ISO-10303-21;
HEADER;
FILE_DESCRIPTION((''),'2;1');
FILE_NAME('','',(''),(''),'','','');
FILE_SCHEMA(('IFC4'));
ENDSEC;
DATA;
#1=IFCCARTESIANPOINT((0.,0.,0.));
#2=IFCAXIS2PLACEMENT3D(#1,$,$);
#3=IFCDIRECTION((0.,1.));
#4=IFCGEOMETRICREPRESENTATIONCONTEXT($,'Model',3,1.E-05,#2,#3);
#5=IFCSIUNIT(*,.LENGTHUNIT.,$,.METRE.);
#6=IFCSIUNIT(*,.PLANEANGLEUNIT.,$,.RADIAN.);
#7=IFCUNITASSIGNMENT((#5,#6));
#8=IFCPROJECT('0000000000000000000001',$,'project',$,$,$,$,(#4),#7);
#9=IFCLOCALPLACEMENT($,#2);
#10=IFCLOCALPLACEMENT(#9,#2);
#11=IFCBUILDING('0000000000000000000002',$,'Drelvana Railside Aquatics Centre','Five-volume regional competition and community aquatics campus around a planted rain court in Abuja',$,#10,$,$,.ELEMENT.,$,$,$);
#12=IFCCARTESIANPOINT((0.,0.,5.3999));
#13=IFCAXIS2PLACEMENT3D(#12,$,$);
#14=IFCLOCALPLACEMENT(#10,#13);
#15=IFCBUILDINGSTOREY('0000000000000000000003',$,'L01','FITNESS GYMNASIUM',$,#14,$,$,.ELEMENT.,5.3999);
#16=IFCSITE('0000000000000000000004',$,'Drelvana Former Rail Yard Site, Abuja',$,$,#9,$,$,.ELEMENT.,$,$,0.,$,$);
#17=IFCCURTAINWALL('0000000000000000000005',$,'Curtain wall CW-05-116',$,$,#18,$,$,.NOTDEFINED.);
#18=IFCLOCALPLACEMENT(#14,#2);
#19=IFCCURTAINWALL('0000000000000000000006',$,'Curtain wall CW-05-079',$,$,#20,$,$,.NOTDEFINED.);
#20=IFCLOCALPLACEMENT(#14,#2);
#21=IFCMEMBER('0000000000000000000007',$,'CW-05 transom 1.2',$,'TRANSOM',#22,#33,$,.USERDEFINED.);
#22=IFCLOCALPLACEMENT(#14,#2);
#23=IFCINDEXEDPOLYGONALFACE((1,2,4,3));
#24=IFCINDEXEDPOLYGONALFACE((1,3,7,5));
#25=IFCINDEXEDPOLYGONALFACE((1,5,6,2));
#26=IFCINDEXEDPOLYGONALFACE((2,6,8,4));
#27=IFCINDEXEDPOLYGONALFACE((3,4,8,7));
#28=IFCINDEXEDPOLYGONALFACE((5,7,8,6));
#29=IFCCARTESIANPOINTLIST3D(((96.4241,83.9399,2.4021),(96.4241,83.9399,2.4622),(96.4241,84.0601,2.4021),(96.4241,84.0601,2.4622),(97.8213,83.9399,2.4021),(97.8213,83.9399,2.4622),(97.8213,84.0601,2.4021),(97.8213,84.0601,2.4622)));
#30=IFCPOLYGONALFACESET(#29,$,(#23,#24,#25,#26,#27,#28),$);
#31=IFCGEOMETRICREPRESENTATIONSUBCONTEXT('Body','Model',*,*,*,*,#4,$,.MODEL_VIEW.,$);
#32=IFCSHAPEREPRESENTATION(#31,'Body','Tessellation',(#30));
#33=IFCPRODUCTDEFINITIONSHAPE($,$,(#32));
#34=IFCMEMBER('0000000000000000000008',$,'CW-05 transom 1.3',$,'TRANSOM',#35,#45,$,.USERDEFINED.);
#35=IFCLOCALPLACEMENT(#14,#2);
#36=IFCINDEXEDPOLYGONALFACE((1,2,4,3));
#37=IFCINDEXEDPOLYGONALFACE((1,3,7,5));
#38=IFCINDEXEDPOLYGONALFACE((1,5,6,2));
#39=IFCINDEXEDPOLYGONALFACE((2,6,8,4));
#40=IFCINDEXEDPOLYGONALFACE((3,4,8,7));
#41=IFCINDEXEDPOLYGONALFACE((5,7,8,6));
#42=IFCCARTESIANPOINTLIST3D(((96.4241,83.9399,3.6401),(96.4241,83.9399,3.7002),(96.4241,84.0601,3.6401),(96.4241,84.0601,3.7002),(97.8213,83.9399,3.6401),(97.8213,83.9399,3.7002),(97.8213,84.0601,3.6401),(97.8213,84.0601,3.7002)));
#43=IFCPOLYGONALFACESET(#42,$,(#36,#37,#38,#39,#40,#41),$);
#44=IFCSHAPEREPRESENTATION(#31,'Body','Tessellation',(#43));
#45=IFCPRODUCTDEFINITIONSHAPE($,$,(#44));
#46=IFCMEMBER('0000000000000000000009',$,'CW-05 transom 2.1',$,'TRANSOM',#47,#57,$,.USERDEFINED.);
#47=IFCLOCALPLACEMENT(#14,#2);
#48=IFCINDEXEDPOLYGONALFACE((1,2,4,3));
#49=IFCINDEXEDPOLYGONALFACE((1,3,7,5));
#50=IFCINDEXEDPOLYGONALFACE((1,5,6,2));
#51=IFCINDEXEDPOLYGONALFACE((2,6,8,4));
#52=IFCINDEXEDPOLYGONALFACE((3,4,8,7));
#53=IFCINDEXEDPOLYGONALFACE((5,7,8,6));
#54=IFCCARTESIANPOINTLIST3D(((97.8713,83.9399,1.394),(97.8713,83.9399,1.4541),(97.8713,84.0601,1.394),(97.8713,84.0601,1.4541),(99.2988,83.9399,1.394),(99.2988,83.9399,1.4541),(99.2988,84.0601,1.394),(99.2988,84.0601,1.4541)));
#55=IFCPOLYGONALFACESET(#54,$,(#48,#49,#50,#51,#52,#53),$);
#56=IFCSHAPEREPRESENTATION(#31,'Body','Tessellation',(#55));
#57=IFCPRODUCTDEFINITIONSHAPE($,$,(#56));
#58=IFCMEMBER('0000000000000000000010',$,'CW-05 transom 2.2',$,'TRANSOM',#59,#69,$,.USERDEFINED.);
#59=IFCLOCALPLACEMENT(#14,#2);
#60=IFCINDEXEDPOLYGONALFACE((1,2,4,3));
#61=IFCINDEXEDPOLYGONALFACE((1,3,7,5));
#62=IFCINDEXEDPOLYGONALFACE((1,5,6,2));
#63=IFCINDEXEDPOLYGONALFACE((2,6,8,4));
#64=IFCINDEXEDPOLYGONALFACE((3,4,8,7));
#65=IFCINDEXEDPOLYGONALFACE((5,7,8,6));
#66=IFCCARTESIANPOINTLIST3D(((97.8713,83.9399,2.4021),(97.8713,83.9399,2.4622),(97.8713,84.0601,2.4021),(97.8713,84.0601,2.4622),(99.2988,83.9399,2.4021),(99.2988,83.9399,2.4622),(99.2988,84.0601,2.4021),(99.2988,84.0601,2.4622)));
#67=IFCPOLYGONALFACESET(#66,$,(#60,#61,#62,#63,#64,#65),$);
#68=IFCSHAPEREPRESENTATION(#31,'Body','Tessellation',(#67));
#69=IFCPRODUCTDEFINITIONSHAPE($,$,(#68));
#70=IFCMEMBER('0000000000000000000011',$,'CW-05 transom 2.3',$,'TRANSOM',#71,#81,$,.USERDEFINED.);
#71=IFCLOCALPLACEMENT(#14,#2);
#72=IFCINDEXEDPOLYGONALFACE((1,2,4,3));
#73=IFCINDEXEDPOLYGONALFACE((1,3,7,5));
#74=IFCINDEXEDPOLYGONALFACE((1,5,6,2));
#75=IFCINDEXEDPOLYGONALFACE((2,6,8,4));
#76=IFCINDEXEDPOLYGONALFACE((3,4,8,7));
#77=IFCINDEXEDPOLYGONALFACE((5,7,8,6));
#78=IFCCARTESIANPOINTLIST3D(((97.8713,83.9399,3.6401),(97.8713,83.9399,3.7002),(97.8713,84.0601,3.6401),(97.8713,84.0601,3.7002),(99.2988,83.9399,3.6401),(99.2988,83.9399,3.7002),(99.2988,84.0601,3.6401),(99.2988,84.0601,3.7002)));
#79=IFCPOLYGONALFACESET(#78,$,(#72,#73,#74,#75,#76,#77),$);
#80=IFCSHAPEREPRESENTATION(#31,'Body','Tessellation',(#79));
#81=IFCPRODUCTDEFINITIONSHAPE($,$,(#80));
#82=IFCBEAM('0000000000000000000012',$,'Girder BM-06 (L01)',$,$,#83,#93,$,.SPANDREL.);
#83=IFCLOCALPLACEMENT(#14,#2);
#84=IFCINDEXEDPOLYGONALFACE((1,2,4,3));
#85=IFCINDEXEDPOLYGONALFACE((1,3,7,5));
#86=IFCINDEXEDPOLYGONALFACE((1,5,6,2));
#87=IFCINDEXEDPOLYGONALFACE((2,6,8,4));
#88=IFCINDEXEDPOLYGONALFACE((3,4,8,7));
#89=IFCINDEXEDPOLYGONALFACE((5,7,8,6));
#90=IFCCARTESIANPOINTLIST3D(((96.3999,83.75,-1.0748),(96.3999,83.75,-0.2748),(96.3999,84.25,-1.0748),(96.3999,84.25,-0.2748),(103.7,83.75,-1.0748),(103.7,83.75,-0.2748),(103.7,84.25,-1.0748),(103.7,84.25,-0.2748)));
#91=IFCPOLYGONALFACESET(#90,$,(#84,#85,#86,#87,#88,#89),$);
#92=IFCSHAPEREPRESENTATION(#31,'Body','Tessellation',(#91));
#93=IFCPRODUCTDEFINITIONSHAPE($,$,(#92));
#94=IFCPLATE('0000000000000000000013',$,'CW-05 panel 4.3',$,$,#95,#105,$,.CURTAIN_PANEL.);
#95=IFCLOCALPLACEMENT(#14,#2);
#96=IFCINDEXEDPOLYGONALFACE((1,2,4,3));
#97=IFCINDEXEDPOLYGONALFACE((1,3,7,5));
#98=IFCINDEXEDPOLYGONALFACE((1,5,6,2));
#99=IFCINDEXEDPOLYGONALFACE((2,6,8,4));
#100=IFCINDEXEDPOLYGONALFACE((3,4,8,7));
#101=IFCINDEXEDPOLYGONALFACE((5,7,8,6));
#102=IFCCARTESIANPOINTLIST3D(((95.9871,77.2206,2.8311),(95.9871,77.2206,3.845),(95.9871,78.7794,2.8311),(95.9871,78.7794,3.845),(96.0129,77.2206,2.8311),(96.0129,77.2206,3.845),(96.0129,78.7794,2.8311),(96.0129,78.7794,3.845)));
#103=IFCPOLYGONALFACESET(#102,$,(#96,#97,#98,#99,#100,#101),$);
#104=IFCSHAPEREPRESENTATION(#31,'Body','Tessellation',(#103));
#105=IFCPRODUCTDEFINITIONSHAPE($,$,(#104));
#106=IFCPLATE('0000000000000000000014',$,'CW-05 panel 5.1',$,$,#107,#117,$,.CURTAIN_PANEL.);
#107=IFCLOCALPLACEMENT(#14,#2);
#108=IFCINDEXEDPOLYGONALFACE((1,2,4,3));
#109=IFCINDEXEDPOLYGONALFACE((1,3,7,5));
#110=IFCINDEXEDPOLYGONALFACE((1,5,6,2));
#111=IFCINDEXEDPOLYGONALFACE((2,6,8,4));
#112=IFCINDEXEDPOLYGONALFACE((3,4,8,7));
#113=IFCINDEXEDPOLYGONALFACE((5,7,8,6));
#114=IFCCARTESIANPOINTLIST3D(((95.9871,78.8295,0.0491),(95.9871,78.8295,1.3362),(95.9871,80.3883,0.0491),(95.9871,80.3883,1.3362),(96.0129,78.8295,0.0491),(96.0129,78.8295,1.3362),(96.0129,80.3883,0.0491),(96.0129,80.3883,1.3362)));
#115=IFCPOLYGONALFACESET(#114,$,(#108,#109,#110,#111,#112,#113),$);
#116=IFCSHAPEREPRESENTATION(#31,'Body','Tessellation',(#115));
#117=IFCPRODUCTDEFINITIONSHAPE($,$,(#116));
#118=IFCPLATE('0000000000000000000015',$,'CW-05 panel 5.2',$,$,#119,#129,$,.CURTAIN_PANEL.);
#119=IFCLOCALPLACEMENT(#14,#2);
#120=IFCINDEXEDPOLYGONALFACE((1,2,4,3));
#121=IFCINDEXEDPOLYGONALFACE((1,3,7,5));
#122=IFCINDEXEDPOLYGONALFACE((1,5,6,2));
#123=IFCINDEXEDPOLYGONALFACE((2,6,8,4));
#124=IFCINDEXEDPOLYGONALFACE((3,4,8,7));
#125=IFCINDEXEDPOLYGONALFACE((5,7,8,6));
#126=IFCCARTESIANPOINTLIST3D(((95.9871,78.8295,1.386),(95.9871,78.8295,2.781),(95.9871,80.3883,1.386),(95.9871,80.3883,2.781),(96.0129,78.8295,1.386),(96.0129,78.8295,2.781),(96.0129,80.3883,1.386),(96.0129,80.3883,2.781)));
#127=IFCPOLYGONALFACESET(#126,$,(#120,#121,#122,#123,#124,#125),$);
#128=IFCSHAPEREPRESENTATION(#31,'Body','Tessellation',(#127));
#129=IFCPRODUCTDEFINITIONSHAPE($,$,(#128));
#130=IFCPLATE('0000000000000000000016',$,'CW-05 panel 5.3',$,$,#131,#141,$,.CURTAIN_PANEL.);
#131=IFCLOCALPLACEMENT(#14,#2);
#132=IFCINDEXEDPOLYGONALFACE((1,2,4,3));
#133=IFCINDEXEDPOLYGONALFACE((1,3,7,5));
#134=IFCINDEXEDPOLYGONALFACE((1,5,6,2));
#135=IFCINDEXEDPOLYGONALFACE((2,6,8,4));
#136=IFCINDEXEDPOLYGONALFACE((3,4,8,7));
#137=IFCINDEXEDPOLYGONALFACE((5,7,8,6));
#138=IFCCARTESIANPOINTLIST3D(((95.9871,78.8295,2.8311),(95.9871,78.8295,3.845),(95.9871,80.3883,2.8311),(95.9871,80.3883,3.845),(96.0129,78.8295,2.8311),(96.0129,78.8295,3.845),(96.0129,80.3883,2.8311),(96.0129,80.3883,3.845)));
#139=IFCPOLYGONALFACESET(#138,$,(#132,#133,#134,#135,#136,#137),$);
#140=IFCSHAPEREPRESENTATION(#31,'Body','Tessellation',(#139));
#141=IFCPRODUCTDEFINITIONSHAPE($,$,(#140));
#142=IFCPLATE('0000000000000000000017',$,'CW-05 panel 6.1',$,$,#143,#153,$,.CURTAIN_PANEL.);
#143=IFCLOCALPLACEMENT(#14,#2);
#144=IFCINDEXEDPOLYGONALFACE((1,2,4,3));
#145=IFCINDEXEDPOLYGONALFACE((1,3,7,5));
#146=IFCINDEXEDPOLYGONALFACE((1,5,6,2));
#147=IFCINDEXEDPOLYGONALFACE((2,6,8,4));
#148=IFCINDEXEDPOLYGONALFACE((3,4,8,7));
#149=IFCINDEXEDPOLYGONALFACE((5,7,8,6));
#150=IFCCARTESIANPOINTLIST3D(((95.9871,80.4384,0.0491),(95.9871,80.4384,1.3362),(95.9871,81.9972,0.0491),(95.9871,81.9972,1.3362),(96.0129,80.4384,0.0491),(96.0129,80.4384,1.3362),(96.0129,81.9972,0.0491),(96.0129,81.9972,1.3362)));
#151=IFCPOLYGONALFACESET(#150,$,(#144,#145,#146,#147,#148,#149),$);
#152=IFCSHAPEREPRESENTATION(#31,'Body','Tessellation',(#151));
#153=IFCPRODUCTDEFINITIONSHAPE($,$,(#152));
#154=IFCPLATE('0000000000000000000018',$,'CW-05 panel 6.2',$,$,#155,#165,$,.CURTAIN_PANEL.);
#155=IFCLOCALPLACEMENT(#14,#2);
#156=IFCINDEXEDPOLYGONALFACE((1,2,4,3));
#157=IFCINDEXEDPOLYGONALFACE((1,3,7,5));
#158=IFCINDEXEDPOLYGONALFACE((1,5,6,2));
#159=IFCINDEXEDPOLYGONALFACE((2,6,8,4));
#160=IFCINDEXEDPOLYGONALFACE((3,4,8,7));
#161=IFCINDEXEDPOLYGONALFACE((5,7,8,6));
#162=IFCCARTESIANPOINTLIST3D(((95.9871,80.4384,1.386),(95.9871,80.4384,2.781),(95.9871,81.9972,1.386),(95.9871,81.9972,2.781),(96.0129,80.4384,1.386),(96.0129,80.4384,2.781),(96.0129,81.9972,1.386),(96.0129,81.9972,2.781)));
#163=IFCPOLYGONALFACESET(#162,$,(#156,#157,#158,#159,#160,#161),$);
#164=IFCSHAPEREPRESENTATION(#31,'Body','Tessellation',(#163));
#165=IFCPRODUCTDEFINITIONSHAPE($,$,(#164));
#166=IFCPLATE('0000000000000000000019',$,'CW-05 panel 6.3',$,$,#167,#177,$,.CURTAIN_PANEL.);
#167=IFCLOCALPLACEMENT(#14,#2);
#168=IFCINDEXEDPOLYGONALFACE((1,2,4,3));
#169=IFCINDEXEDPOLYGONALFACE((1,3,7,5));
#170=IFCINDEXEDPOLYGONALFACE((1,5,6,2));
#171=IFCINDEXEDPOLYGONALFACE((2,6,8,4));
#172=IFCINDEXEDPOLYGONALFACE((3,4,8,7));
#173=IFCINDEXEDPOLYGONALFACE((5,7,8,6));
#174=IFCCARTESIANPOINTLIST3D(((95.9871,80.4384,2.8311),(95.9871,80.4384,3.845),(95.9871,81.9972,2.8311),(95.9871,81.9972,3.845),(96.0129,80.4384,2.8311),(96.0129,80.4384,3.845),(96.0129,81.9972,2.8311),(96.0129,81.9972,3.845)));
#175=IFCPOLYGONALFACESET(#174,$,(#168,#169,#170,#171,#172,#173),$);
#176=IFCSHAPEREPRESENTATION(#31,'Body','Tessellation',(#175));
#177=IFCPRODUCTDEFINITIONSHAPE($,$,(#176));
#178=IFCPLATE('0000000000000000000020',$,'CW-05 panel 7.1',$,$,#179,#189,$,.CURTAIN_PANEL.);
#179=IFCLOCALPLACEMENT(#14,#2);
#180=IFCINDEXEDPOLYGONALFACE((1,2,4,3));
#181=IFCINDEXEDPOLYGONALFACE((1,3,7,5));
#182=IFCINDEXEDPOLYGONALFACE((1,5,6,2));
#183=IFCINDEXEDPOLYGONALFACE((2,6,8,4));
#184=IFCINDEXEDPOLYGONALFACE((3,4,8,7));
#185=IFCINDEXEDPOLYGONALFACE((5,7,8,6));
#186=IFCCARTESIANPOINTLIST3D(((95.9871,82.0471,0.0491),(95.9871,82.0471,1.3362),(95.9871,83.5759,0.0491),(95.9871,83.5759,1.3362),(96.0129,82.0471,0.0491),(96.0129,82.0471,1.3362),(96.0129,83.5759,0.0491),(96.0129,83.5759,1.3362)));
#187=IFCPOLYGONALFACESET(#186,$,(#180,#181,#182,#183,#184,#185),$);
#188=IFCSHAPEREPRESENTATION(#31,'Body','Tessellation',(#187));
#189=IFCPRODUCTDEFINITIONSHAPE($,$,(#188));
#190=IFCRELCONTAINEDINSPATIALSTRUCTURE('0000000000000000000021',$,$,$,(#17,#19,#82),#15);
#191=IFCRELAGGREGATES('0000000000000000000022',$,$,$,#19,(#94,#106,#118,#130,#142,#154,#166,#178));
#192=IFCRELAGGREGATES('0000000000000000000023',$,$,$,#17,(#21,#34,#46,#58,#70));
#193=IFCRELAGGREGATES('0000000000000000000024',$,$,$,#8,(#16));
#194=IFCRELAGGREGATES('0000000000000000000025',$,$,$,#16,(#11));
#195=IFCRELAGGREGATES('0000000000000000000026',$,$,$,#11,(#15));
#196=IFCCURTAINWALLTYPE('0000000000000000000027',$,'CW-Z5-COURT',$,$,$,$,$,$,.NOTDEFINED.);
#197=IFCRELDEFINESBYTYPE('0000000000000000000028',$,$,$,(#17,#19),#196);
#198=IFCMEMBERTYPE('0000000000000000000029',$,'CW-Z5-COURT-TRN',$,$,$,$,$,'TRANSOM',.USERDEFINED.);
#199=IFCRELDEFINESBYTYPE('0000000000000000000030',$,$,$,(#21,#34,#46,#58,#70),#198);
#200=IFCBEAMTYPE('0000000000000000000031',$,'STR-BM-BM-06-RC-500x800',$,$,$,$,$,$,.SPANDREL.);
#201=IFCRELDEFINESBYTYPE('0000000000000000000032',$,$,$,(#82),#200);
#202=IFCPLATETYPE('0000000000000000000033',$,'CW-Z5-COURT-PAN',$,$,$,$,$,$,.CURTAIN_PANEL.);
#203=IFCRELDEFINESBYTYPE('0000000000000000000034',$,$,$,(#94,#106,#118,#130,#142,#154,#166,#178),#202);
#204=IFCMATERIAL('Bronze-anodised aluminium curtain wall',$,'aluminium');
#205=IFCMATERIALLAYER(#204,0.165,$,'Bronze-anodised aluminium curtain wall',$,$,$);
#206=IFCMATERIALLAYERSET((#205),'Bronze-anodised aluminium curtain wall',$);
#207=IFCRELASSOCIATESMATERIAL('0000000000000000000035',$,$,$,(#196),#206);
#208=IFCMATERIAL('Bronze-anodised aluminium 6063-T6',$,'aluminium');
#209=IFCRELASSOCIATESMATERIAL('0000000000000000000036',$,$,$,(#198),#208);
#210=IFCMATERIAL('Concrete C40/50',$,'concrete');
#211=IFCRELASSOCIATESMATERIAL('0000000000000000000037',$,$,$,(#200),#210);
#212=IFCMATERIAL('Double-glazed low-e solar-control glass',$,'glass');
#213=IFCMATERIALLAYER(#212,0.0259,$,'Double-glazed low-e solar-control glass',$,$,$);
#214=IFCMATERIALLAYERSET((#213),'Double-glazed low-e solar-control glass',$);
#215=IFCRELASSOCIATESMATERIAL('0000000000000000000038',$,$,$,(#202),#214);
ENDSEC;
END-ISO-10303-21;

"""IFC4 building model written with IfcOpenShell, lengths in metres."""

from ifc_helpers import new_model, si_unit, direction, frame, origin, origin_2d, place, context, subcontext, project, spatial, rectangle, extrude, material, layer, layer_set, material_profile, profile_set, type_object, element, aggregate, save


model = new_model("IFC4")

# Units and contexts
model_context = context("Model", 3, precision=1e-05, world=origin(), true_north=direction((0.0, 1.0)))
body_context = subcontext(model_context, "Body", "Model", "MODEL_VIEW")
ifc_project = project(units=[si_unit("LENGTHUNIT", "METRE"), si_unit("PLANEANGLEUNIT", "RADIAN")], contexts=[model_context])

# Site, building, storey
site_placement = place(None, origin())
site = spatial("IfcSite", under=ifc_project, at=site_placement, Name="Drelvana Former Rail Yard Site, Abuja", CompositionType="ELEMENT", RefElevation=0.0)
building_placement = place(site_placement, origin())
building = spatial("IfcBuilding", under=site, at=building_placement, Name="Drelvana Railside Aquatics Centre", Description="Five-volume regional competition and community aquatics campus around a planted rain court in Abuja", CompositionType="ELEMENT")
storey_placement = place(building_placement, frame((0.0, 0.0, 5.3999)))
storey = spatial("IfcBuildingStorey", under=building, at=storey_placement, Name="L01", Description="FITNESS GYMNASIUM", CompositionType="ELEMENT", Elevation=5.3999)

# Curtain walls
ifc_material_1 = material(Name="Bronze-anodised aluminium curtain wall", Category="aluminium")
ifc_layer_1 = layer(ifc_material_1, 0.165, Name="Bronze-anodised aluminium curtain wall")
ifc_layer_set_1 = layer_set([ifc_layer_1], Name="Bronze-anodised aluminium curtain wall")
curtain_wall_type = type_object("IfcCurtainWallType", Name="CW-Z5-COURT", PredefinedType="NOTDEFINED", material=ifc_layer_set_1)
curtain_wall_1_placement = place(storey_placement, origin())
curtain_wall_1 = element("IfcCurtainWall", 1, at=curtain_wall_1_placement, inside=storey, type_object=curtain_wall_type, Name="Curtain wall CW-05-116", PredefinedType="NOTDEFINED")
ifc_material_2 = material(Name="Bronze-anodised aluminium 6063-T6", Category="aluminium")
curtain_wall_2_placement = place(storey_placement, origin())
curtain_wall_2 = element("IfcCurtainWall", 2, at=curtain_wall_2_placement, inside=storey, type_object=curtain_wall_type, Name="Curtain wall CW-05-079", PredefinedType="NOTDEFINED")
ifc_material_profile_1 = material_profile(ifc_material_2, rectangle(XDim=0.1201, YDim=0.0601, at=origin_2d()), Name="ALU-T 60x120")
ifc_profile_set_1 = profile_set([ifc_material_profile_1], Name="Bronze-anodised aluminium 6063-T6")
member_type_1 = type_object("IfcMemberType", Name="CW-Z5-COURT-TRN", ElementType="TRANSOM", PredefinedType="USERDEFINED", material=ifc_profile_set_1)

# Members
member_1_placement = place(storey_placement, frame((96.4241, 84.0, 2.4321), z_axis=(1.0, 0.0, 0.0), x_axis=(0.0, 1.0, 0.0)))
member_1 = element("IfcMember", 3, at=member_1_placement, type_object=member_type_1, Name="CW-05 transom 1.2", ObjectType="TRANSOM", PredefinedType="USERDEFINED", context=body_context, shape_type="SweptSolid", body=[
    extrude(rectangle(XDim=0.1201, YDim=0.0601, at=origin_2d()), origin(), (0.0, 0.0, 1.0), 1.3972),
])
member_2_placement = place(storey_placement, frame((96.4241, 84.0, 3.6702), z_axis=(1.0, 0.0, 0.0), x_axis=(0.0, 1.0, 0.0)))
member_2 = element("IfcMember", 4, at=member_2_placement, type_object=member_type_1, Name="CW-05 transom 1.3", ObjectType="TRANSOM", PredefinedType="USERDEFINED", context=body_context, shape_type="SweptSolid", body=[
    extrude(rectangle(XDim=0.1201, YDim=0.0601, at=origin_2d()), origin(), (0.0, 0.0, 1.0), 1.3972),
])
member_3_placement = place(storey_placement, frame((97.8713, 84.0, 1.4241), z_axis=(1.0, 0.0, 0.0), x_axis=(0.0, 1.0, 0.0)))
member_3 = element("IfcMember", 5, at=member_3_placement, type_object=member_type_1, Name="CW-05 transom 2.1", ObjectType="TRANSOM", PredefinedType="USERDEFINED", context=body_context, shape_type="SweptSolid", body=[
    extrude(rectangle(XDim=0.1201, YDim=0.0601, at=origin_2d()), origin(), (0.0, 0.0, 1.0), 1.4275),
])
member_4_placement = place(storey_placement, frame((97.8713, 84.0, 2.4321), z_axis=(1.0, 0.0, 0.0), x_axis=(0.0, 1.0, 0.0)))
member_4 = element("IfcMember", 6, at=member_4_placement, type_object=member_type_1, Name="CW-05 transom 2.2", ObjectType="TRANSOM", PredefinedType="USERDEFINED", context=body_context, shape_type="SweptSolid", body=[
    extrude(rectangle(XDim=0.1201, YDim=0.0601, at=origin_2d()), origin(), (0.0, 0.0, 1.0), 1.4275),
])
member_5_placement = place(storey_placement, frame((97.8713, 84.0, 3.6702), z_axis=(1.0, 0.0, 0.0), x_axis=(0.0, 1.0, 0.0)))
member_5 = element("IfcMember", 7, at=member_5_placement, type_object=member_type_1, Name="CW-05 transom 2.3", ObjectType="TRANSOM", PredefinedType="USERDEFINED", context=body_context, shape_type="SweptSolid", body=[
    extrude(rectangle(XDim=0.1201, YDim=0.0601, at=origin_2d()), origin(), (0.0, 0.0, 1.0), 1.4275),
])

# Beam
ifc_material_3 = material(Name="Concrete C40/50", Category="concrete")
ifc_material_profile_2 = material_profile(ifc_material_3, rectangle(XDim=0.5, YDim=0.8, at=origin_2d()), Name="RC 500x800")
ifc_profile_set_2 = profile_set([ifc_material_profile_2], Name="Concrete C40/50")
beam_type = type_object("IfcBeamType", Name="STR-BM-BM-06-RC-500x800", PredefinedType="SPANDREL", material=ifc_profile_set_2)
beam_placement = place(storey_placement, frame((96.3999, 84.0, -0.6748), z_axis=(1.0, 0.0, 0.0), x_axis=(0.0, 1.0, 0.0)))
element("IfcBeam", 8, at=beam_placement, inside=storey, type_object=beam_type, Name="Girder BM-06 (L01)", PredefinedType="SPANDREL", context=body_context, shape_type="SweptSolid", body=[
    extrude(rectangle(XDim=0.5, YDim=0.8, at=origin_2d()), origin(), (0.0, 0.0, 1.0), 7.3),
])

# Plates
ifc_material_4 = material(Name="Double-glazed low-e solar-control glass", Category="glass")
ifc_layer_2 = layer(ifc_material_4, 0.0259, Name="Double-glazed low-e solar-control glass")
ifc_layer_set_2 = layer_set([ifc_layer_2], Name="Double-glazed low-e solar-control glass")
plate_type = type_object("IfcPlateType", Name="CW-Z5-COURT-PAN", PredefinedType="CURTAIN_PANEL", material=ifc_layer_set_2)
plate_1_placement = place(storey_placement, frame((96.0, 78.0, 2.8311), z_axis=(0.0, 0.0, 1.0), x_axis=(0.0, 1.0, 0.0)))
plate_1 = element("IfcPlate", 9, at=plate_1_placement, type_object=plate_type, Name="CW-05 panel 4.3", PredefinedType="CURTAIN_PANEL", context=body_context, shape_type="SweptSolid", body=[
    extrude(rectangle(XDim=1.5588, YDim=0.0259, at=origin_2d()), origin(), (0.0, 0.0, 1.0), 1.0139),
])
plate_2_placement = place(storey_placement, frame((96.0, 79.6089, 0.0491), z_axis=(0.0, 0.0, 1.0), x_axis=(0.0, 1.0, 0.0)))
plate_2 = element("IfcPlate", 10, at=plate_2_placement, type_object=plate_type, Name="CW-05 panel 5.1", PredefinedType="CURTAIN_PANEL", context=body_context, shape_type="SweptSolid", body=[
    extrude(rectangle(XDim=1.5588, YDim=0.0259, at=origin_2d()), origin(), (0.0, 0.0, 1.0), 1.2871),
])
plate_3_placement = place(storey_placement, frame((96.0, 79.6089, 1.386), z_axis=(0.0, 0.0, 1.0), x_axis=(0.0, 1.0, 0.0)))
plate_3 = element("IfcPlate", 11, at=plate_3_placement, type_object=plate_type, Name="CW-05 panel 5.2", PredefinedType="CURTAIN_PANEL", context=body_context, shape_type="SweptSolid", body=[
    extrude(rectangle(XDim=1.5588, YDim=0.0259, at=origin_2d()), origin(), (0.0, 0.0, 1.0), 1.395),
])
plate_4_placement = place(storey_placement, frame((96.0, 79.6089, 2.8311), z_axis=(0.0, 0.0, 1.0), x_axis=(0.0, 1.0, 0.0)))
plate_4 = element("IfcPlate", 12, at=plate_4_placement, type_object=plate_type, Name="CW-05 panel 5.3", PredefinedType="CURTAIN_PANEL", context=body_context, shape_type="SweptSolid", body=[
    extrude(rectangle(XDim=1.5588, YDim=0.0259, at=origin_2d()), origin(), (0.0, 0.0, 1.0), 1.0139),
])
plate_5_placement = place(storey_placement, frame((96.0, 81.2178, 0.0491), z_axis=(0.0, 0.0, 1.0), x_axis=(0.0, 1.0, 0.0)))
plate_5 = element("IfcPlate", 13, at=plate_5_placement, type_object=plate_type, Name="CW-05 panel 6.1", PredefinedType="CURTAIN_PANEL", context=body_context, shape_type="SweptSolid", body=[
    extrude(rectangle(XDim=1.5588, YDim=0.0259, at=origin_2d()), origin(), (0.0, 0.0, 1.0), 1.2871),
])
plate_6_placement = place(storey_placement, frame((96.0, 81.2178, 1.386), z_axis=(0.0, 0.0, 1.0), x_axis=(0.0, 1.0, 0.0)))
plate_6 = element("IfcPlate", 14, at=plate_6_placement, type_object=plate_type, Name="CW-05 panel 6.2", PredefinedType="CURTAIN_PANEL", context=body_context, shape_type="SweptSolid", body=[
    extrude(rectangle(XDim=1.5588, YDim=0.0259, at=origin_2d()), origin(), (0.0, 0.0, 1.0), 1.395),
])
plate_7_placement = place(storey_placement, frame((96.0, 81.2178, 2.8311), z_axis=(0.0, 0.0, 1.0), x_axis=(0.0, 1.0, 0.0)))
plate_7 = element("IfcPlate", 15, at=plate_7_placement, type_object=plate_type, Name="CW-05 panel 6.3", PredefinedType="CURTAIN_PANEL", context=body_context, shape_type="SweptSolid", body=[
    extrude(rectangle(XDim=1.5588, YDim=0.0259, at=origin_2d()), origin(), (0.0, 0.0, 1.0), 1.0139),
])
plate_8_placement = place(storey_placement, frame((96.0, 82.8115, 0.0491), z_axis=(0.0, 0.0, 1.0), x_axis=(0.0, 1.0, 0.0)))
plate_8 = element("IfcPlate", 16, at=plate_8_placement, type_object=plate_type, Name="CW-05 panel 7.1", PredefinedType="CURTAIN_PANEL", context=body_context, shape_type="SweptSolid", body=[
    extrude(rectangle(XDim=1.5288, YDim=0.0259, at=origin_2d()), origin(), (0.0, 0.0, 1.0), 1.2871),
])
aggregate(curtain_wall_2, [plate_1, plate_2, plate_3, plate_4, plate_5, plate_6, plate_7, plate_8])
aggregate(curtain_wall_1, [member_1, member_2, member_3, member_4, member_5])

save(model, "model.ifc")
